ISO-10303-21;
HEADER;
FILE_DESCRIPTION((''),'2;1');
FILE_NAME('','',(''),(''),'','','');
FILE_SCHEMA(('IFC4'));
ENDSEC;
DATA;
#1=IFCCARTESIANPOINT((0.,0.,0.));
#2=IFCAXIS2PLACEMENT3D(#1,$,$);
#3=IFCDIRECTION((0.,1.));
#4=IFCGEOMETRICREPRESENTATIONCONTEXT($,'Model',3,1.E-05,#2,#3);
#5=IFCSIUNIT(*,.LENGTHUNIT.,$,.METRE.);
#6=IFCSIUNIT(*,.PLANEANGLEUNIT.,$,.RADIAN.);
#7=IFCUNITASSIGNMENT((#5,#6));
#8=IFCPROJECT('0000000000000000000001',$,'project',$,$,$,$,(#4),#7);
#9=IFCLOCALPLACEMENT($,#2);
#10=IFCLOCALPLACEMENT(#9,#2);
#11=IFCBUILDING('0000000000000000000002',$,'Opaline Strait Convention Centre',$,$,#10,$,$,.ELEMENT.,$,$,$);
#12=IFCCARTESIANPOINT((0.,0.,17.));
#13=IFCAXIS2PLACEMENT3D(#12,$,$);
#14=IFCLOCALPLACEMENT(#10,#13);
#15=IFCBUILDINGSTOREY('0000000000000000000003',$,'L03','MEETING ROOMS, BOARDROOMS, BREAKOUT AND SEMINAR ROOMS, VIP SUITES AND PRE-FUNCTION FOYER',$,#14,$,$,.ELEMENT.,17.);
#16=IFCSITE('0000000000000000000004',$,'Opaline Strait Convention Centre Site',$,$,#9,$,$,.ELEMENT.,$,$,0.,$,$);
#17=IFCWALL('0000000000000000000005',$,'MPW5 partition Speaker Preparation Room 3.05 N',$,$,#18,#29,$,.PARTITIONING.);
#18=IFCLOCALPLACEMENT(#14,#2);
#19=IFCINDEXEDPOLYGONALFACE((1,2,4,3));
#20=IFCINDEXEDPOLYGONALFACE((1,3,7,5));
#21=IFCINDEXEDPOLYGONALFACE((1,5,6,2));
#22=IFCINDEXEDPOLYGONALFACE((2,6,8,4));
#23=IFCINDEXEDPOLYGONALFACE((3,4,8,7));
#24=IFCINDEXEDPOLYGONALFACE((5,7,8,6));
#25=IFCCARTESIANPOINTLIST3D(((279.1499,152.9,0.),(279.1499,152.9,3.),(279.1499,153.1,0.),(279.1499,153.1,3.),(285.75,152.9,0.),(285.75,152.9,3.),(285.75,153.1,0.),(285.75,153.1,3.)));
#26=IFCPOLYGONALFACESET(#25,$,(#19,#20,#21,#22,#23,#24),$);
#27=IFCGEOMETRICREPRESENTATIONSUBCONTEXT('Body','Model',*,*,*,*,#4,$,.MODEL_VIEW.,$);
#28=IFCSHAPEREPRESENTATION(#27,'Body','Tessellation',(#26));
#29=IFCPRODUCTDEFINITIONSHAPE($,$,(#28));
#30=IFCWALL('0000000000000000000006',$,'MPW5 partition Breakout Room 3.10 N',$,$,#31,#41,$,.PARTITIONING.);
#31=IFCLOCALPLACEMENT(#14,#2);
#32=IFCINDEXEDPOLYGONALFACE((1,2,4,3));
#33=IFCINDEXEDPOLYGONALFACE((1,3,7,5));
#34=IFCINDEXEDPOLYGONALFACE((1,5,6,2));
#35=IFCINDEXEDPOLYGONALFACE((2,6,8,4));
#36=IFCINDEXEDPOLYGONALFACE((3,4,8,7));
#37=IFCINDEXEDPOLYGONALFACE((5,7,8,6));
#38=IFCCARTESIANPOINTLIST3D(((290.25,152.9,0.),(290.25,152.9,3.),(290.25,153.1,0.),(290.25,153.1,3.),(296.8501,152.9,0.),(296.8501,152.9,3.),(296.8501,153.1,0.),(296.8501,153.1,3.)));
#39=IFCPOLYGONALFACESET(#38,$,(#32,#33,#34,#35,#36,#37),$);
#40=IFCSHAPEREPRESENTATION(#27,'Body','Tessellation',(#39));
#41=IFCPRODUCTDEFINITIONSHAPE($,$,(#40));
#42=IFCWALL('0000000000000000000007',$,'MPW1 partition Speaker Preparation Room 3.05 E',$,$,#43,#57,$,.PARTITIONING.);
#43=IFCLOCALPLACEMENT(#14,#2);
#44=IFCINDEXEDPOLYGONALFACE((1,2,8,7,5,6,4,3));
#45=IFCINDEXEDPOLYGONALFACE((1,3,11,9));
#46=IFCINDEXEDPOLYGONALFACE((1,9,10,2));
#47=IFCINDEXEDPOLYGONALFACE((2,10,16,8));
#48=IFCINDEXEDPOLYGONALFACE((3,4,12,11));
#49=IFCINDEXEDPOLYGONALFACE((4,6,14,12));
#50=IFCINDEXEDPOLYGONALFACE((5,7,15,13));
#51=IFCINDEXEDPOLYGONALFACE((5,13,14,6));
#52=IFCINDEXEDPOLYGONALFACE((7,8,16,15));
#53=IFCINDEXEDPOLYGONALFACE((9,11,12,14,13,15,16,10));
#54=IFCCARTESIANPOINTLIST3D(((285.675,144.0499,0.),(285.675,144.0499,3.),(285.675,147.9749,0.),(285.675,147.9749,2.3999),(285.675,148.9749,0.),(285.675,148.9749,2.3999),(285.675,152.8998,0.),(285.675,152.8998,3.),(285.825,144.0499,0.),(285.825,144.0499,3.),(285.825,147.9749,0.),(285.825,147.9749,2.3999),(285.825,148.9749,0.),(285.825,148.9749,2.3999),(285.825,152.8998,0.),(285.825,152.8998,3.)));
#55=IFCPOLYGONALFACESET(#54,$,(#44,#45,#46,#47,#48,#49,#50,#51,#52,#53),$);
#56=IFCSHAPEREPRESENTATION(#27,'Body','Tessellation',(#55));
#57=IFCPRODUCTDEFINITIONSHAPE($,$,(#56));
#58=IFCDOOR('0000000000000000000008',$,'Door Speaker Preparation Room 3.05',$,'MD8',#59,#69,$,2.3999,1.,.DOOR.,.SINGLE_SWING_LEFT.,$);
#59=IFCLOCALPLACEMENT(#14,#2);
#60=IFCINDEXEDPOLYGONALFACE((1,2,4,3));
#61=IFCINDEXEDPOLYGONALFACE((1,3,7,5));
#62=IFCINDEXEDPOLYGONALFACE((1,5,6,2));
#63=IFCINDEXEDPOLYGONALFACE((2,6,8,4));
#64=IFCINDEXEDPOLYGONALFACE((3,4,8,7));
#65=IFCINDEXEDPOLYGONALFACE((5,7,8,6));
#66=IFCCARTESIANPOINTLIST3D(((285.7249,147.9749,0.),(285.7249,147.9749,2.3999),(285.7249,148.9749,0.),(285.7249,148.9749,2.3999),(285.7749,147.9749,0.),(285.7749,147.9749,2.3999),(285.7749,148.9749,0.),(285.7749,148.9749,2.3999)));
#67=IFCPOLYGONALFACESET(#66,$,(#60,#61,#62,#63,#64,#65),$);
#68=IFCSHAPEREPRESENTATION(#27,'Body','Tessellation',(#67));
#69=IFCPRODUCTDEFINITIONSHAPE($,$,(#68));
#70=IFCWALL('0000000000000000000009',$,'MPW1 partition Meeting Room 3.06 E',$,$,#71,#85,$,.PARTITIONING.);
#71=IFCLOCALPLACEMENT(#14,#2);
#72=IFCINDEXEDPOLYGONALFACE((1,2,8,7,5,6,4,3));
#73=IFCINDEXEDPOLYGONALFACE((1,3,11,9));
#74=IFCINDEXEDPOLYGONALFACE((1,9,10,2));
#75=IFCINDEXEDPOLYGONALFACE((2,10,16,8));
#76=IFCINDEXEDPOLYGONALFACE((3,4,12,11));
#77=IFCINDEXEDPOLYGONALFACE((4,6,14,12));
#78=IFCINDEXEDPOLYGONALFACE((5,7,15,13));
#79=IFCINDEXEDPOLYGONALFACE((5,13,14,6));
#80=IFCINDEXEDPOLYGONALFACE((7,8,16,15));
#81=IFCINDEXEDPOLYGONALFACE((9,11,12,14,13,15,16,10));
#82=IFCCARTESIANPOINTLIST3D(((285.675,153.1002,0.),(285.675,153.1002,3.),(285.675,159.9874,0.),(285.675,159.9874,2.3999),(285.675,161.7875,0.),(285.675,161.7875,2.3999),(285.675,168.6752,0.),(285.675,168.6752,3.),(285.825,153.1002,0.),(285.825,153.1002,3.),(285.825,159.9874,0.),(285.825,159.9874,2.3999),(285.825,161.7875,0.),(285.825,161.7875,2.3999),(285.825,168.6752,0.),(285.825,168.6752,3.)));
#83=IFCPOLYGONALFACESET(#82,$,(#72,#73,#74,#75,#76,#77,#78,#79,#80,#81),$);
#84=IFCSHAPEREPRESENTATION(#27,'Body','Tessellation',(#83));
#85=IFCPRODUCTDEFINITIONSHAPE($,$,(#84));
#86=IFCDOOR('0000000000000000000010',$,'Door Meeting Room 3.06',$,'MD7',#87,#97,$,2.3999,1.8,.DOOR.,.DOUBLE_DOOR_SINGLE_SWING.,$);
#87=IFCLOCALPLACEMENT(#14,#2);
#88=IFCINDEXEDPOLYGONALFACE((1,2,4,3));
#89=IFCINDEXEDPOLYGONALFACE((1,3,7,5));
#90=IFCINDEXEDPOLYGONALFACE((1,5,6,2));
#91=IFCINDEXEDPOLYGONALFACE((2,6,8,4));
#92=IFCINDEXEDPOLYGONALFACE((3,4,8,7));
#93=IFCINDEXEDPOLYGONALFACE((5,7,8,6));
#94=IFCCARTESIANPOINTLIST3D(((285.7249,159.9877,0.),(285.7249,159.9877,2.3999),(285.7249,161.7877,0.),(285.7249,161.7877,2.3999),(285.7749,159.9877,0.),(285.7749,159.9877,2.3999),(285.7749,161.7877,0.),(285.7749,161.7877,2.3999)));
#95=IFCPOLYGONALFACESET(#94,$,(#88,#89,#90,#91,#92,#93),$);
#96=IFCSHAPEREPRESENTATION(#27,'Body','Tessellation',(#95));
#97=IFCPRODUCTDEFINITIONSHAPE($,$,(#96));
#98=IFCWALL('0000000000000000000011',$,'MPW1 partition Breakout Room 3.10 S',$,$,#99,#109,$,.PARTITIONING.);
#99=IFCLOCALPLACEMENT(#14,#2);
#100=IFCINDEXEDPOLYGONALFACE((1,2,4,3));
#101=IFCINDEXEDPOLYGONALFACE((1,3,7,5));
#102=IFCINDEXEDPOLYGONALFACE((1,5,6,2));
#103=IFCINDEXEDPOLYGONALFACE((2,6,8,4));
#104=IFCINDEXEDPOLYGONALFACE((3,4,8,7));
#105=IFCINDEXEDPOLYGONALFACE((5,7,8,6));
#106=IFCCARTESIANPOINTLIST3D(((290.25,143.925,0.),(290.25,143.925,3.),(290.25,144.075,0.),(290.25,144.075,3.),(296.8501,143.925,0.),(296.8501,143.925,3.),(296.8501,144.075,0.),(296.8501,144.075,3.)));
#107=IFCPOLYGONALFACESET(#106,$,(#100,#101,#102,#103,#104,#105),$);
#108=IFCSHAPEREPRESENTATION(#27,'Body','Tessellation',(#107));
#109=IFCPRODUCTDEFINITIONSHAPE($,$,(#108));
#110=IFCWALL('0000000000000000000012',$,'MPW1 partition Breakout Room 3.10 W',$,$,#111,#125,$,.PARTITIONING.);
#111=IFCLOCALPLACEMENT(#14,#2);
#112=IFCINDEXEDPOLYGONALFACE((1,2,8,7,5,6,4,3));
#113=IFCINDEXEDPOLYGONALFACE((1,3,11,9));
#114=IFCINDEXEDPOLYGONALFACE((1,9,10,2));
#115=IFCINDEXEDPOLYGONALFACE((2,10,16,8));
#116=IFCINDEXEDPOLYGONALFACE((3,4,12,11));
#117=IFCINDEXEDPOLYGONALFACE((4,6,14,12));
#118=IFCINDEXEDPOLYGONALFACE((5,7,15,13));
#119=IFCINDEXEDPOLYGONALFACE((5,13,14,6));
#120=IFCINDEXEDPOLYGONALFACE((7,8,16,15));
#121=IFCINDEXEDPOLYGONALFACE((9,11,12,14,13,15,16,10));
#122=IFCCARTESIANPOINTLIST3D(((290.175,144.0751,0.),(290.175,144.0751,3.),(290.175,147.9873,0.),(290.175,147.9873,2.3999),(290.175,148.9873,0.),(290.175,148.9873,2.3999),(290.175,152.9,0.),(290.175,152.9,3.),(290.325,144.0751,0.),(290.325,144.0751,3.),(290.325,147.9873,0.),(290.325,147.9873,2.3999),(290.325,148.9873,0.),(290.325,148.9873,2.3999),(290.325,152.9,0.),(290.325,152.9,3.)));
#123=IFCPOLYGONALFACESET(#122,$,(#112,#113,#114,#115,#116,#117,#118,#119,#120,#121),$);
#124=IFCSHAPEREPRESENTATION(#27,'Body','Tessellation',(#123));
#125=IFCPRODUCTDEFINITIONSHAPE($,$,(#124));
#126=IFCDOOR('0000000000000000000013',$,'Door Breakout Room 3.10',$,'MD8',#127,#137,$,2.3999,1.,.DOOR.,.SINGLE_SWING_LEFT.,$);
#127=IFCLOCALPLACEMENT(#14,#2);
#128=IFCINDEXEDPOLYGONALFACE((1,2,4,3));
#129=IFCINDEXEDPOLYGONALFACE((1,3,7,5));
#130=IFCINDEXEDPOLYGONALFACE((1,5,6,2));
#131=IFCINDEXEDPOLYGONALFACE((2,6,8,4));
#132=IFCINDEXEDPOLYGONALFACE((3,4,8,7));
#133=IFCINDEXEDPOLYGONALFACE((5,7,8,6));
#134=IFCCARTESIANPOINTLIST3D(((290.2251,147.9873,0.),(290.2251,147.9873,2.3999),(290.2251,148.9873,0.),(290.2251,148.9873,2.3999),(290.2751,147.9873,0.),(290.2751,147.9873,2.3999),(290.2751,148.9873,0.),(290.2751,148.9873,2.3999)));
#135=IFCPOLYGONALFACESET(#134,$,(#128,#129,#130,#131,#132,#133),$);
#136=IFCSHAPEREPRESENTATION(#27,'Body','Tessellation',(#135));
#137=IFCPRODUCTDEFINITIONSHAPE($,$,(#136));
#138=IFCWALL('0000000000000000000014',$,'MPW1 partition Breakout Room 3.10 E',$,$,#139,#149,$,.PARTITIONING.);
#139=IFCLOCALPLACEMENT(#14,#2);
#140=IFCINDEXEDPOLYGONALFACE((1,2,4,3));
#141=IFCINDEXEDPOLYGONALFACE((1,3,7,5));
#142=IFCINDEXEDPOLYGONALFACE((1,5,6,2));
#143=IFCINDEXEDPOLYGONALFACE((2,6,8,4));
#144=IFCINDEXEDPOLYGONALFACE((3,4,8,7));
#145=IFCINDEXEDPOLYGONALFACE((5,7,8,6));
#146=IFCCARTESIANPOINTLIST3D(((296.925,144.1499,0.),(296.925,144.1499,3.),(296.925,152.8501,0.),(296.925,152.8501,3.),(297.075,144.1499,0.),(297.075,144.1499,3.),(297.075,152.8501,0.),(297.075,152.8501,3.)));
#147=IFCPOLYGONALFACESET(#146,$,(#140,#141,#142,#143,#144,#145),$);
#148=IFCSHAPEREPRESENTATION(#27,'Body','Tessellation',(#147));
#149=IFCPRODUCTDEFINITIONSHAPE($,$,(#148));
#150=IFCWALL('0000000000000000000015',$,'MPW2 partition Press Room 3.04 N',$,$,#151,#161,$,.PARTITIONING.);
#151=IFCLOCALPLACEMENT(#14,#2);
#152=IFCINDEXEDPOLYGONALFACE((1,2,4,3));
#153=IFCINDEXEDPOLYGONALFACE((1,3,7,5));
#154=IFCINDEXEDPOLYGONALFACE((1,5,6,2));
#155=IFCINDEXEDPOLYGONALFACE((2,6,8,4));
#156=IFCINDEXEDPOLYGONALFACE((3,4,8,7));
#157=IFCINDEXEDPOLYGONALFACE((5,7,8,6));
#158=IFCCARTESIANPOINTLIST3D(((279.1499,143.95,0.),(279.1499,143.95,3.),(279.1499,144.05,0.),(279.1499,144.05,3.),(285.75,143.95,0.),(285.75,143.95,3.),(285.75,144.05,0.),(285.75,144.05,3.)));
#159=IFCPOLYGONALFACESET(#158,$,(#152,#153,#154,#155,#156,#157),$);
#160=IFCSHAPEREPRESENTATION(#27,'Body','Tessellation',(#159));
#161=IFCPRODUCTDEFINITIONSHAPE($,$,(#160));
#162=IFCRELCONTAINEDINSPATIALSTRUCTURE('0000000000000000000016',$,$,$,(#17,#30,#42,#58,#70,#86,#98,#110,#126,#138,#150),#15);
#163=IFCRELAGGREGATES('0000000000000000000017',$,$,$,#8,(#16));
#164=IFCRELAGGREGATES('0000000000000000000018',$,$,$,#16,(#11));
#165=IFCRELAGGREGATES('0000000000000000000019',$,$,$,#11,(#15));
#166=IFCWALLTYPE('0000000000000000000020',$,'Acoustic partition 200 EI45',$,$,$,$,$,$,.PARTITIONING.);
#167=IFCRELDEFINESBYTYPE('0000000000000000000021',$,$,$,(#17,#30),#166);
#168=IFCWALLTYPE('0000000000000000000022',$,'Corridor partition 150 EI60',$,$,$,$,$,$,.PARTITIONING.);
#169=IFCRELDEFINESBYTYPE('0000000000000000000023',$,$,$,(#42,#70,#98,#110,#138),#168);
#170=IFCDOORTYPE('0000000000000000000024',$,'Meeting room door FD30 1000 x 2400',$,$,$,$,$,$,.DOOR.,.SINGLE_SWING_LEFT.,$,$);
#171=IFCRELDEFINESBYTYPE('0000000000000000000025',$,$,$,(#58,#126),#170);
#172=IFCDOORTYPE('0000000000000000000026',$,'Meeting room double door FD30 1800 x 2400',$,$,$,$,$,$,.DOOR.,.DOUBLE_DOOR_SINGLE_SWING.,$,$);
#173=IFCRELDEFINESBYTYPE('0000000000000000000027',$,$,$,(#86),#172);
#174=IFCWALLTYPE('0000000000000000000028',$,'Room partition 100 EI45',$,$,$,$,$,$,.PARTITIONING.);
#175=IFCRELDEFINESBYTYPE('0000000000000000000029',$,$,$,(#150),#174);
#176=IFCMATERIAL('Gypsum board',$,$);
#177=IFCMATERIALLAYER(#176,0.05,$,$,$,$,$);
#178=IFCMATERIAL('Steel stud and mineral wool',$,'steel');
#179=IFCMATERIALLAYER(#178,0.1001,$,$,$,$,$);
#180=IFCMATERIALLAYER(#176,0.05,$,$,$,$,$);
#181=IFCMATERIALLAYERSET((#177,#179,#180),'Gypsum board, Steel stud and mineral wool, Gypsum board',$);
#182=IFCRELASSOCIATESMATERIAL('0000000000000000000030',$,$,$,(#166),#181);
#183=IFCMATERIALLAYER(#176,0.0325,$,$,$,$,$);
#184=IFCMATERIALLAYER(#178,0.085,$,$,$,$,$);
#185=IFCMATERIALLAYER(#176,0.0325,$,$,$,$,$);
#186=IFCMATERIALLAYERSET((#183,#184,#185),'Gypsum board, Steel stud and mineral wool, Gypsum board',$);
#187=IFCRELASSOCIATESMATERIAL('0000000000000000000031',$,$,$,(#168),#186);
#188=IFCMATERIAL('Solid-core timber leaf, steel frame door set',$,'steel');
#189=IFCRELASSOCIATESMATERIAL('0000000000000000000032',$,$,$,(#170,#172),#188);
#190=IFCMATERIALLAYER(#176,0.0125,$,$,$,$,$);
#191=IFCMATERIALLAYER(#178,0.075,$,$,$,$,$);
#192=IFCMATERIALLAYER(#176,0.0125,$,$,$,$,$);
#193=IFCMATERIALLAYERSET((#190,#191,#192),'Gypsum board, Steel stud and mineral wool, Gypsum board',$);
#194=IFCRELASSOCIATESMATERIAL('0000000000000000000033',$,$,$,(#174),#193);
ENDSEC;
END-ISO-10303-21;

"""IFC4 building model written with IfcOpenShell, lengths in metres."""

from ifc_helpers import new_model, si_unit, direction, frame, frame_2d, origin, place, context, subcontext, project, spatial, rectangle, extrude, material, layer, layer_set, type_object, element, fill, save


model = new_model("IFC4")

# Units and contexts
model_context = context("Model", 3, precision=1e-05, world=origin(), true_north=direction((0.0, 1.0)))
body_context = subcontext(model_context, "Body", "Model", "MODEL_VIEW")
ifc_project = project(units=[si_unit("LENGTHUNIT", "METRE"), si_unit("PLANEANGLEUNIT", "RADIAN")], contexts=[model_context])

# Site, building, storey
site_placement = place(None, origin())
site = spatial("IfcSite", under=ifc_project, at=site_placement, Name="Opaline Strait Convention Centre Site", CompositionType="ELEMENT", RefElevation=0.0)
building_placement = place(site_placement, origin())
building = spatial("IfcBuilding", under=site, at=building_placement, Name="Opaline Strait Convention Centre", CompositionType="ELEMENT")
storey_placement = place(building_placement, frame((0.0, 0.0, 17.0)))
storey = spatial("IfcBuildingStorey", under=building, at=storey_placement, Name="L03", Description="MEETING ROOMS, BOARDROOMS, BREAKOUT AND SEMINAR ROOMS, VIP SUITES AND PRE-FUNCTION FOYER", CompositionType="ELEMENT", Elevation=17.0)

# Walls
ifc_material_1 = material(Name="Gypsum board")
ifc_layer_1 = layer(ifc_material_1, 0.05)
ifc_material_2 = material(Name="Steel stud and mineral wool", Category="steel")
ifc_layer_2 = layer(ifc_material_2, 0.1001)
ifc_layer_3 = layer(ifc_material_1, 0.05)
ifc_layer_set_1 = layer_set([ifc_layer_1, ifc_layer_2, ifc_layer_3], Name="Gypsum board, Steel stud and mineral wool, Gypsum board")
wall_type_1 = type_object("IfcWallType", Name="Acoustic partition 200 EI45", PredefinedType="PARTITIONING", material=ifc_layer_set_1)
for number, where, z_axis, x_axis, name in (
    (1, (279.1499, 153.0, 0.0), (0.0, 0.0, 1.0), (1.0, 0.0, 0.0), "MPW5 partition Speaker Preparation Room 3.05 N"),
    (2, (290.25, 153.0, 0.0), (0.0, 0.0, 1.0), (1.0, 0.0, 0.0), "MPW5 partition Breakout Room 3.10 N"),
):
    element("IfcWall", number, at=place(storey_placement, frame(where, z_axis=z_axis, x_axis=x_axis)), inside=storey, type_object=wall_type_1, Name=name, PredefinedType="PARTITIONING", context=body_context, shape_type="SweptSolid", body=[
        extrude(rectangle(XDim=6.6001, YDim=0.2, at=frame_2d((3.3, 0.0))), origin(), (0.0, 0.0, 1.0), 3.0),
    ])

# Walls, openings, doors
ifc_layer_4 = layer(ifc_material_1, 0.0325)
ifc_layer_5 = layer(ifc_material_2, 0.085)
ifc_layer_6 = layer(ifc_material_1, 0.0325)
ifc_layer_set_2 = layer_set([ifc_layer_4, ifc_layer_5, ifc_layer_6], Name="Gypsum board, Steel stud and mineral wool, Gypsum board")
wall_type_2 = type_object("IfcWallType", Name="Corridor partition 150 EI60", PredefinedType="PARTITIONING", material=ifc_layer_set_2)
wall_1_placement = place(storey_placement, frame((285.75, 144.05, 0.0), z_axis=(0.0, 0.0, 1.0), x_axis=(0.0, 1.0, 0.0)))
wall_1 = element("IfcWall", 3, at=wall_1_placement, inside=storey, type_object=wall_type_2, Name="MPW1 partition Speaker Preparation Room 3.05 E", PredefinedType="PARTITIONING", context=body_context, shape_type="SweptSolid", body=[
    extrude(rectangle(XDim=8.8499, YDim=0.1499, at=frame_2d((4.4248, 0.0))), origin(), (0.0, 0.0, 1.0), 3.0),
])
opening_1_placement = place(wall_1_placement, frame((3.9248, 0.0, 0.0)))
opening_1 = element("IfcOpeningElement", 4, at=opening_1_placement, cuts=wall_1, PredefinedType="OPENING", context=body_context, shape_type="SweptSolid", body=[
    extrude(rectangle(XDim=1.0, YDim=2.3999, at=frame_2d((0.5, 1.2))), frame((0.0, 0.085, 0.0), z_axis=(0.0, -1.0, 0.0), x_axis=(1.0, 0.0, 0.0)), (0.0, 0.0, 1.0), 0.1699),
])
ifc_material_3 = material(Name="Solid-core timber leaf, steel frame door set", Category="steel")
door_type_1 = type_object("IfcDoorType", Name="Meeting room door FD30 1000 x 2400", OperationType="SINGLE_SWING_LEFT", PredefinedType="DOOR", material=ifc_material_3)
door_1_placement = place(opening_1_placement, frame((1.0, 0.0, 0.0), z_axis=(0.0, 0.0, 1.0), x_axis=(-1.0, 0.0, 0.0)))
door_1 = element("IfcDoor", 5, at=door_1_placement, inside=storey, type_object=door_type_1, Name="Door Speaker Preparation Room 3.05", ObjectType="MD8", OperationType="SINGLE_SWING_LEFT", OverallHeight=2.3999, OverallWidth=1.0, PredefinedType="DOOR", context=body_context, shape_type="SweptSolid", body=[
    extrude(rectangle(XDim=1.0, YDim=2.3999, at=frame_2d((0.5, 1.2))), frame((0.0, 0.0249, 0.0), z_axis=(0.0, -1.0, 0.0), x_axis=(1.0, 0.0, 0.0)), (0.0, 0.0, 1.0), 0.05),
])
fill(opening_1, door_1)
wall_2_placement = place(storey_placement, frame((285.75, 153.1001, 0.0), z_axis=(0.0, 0.0, 1.0), x_axis=(0.0, 1.0, 0.0)))
wall_2 = element("IfcWall", 6, at=wall_2_placement, inside=storey, type_object=wall_type_2, Name="MPW1 partition Meeting Room 3.06 E", PredefinedType="PARTITIONING", context=body_context, shape_type="SweptSolid", body=[
    extrude(rectangle(XDim=15.575, YDim=0.1499, at=frame_2d((7.7876, 0.0))), origin(), (0.0, 0.0, 1.0), 3.0),
])
opening_2_placement = place(wall_2_placement, frame((6.8875, 0.0, 0.0)))
opening_2 = element("IfcOpeningElement", 7, at=opening_2_placement, cuts=wall_2, PredefinedType="OPENING", context=body_context, shape_type="SweptSolid", body=[
    extrude(rectangle(XDim=1.8, YDim=2.3999, at=frame_2d((0.8999, 1.2))), frame((0.0, 0.085, 0.0), z_axis=(0.0, -1.0, 0.0), x_axis=(1.0, 0.0, 0.0)), (0.0, 0.0, 1.0), 0.1699),
])
door_type_2 = type_object("IfcDoorType", Name="Meeting room double door FD30 1800 x 2400", OperationType="DOUBLE_DOOR_SINGLE_SWING", PredefinedType="DOOR", material=ifc_material_3)
door_2_placement = place(opening_2_placement, frame((1.8, 0.0, 0.0), z_axis=(0.0, 0.0, 1.0), x_axis=(-1.0, 0.0, 0.0)))
door_2 = element("IfcDoor", 8, at=door_2_placement, inside=storey, type_object=door_type_2, Name="Door Meeting Room 3.06", ObjectType="MD7", OperationType="DOUBLE_DOOR_SINGLE_SWING", OverallHeight=2.3999, OverallWidth=1.8, PredefinedType="DOOR", context=body_context, shape_type="SweptSolid", body=[
    extrude(rectangle(XDim=1.8, YDim=2.3999, at=frame_2d((0.8999, 1.2))), frame((0.0, 0.0249, 0.0), z_axis=(0.0, -1.0, 0.0), x_axis=(1.0, 0.0, 0.0)), (0.0, 0.0, 1.0), 0.05),
])
fill(opening_2, door_2)

# Wall
wall_3_placement = place(storey_placement, frame((290.25, 144.0, 0.0), z_axis=(0.0, 0.0, 1.0), x_axis=(1.0, 0.0, 0.0)))
element("IfcWall", 9, at=wall_3_placement, inside=storey, type_object=wall_type_2, Name="MPW1 partition Breakout Room 3.10 S", PredefinedType="PARTITIONING", context=body_context, shape_type="SweptSolid", body=[
    extrude(rectangle(XDim=6.6001, YDim=0.1499, at=frame_2d((3.3, 0.0))), origin(), (0.0, 0.0, 1.0), 3.0),
])

# Wall, opening, door
wall_4_placement = place(storey_placement, frame((290.25, 144.075, 0.0), z_axis=(0.0, 0.0, 1.0), x_axis=(0.0, 1.0, 0.0)))
wall_4 = element("IfcWall", 10, at=wall_4_placement, inside=storey, type_object=wall_type_2, Name="MPW1 partition Breakout Room 3.10 W", PredefinedType="PARTITIONING", context=body_context, shape_type="SweptSolid", body=[
    extrude(rectangle(XDim=8.825, YDim=0.1499, at=frame_2d((4.4126, 0.0))), origin(), (0.0, 0.0, 1.0), 3.0),
])
opening_3_placement = place(wall_4_placement, frame((3.9124, 0.0, 0.0)))
opening_3 = element("IfcOpeningElement", 11, at=opening_3_placement, cuts=wall_4, PredefinedType="OPENING", context=body_context, shape_type="SweptSolid", body=[
    extrude(rectangle(XDim=1.0, YDim=2.3999, at=frame_2d((0.5, 1.2))), frame((0.0, 0.085, 0.0), z_axis=(0.0, -1.0, 0.0), x_axis=(1.0, 0.0, 0.0)), (0.0, 0.0, 1.0), 0.1699),
])
door_3_placement = place(opening_3_placement, origin())
door_3 = element("IfcDoor", 12, at=door_3_placement, inside=storey, type_object=door_type_1, Name="Door Breakout Room 3.10", ObjectType="MD8", OperationType="SINGLE_SWING_LEFT", OverallHeight=2.3999, OverallWidth=1.0, PredefinedType="DOOR", context=body_context, shape_type="SweptSolid", body=[
    extrude(rectangle(XDim=1.0, YDim=2.3999, at=frame_2d((0.5, 1.2))), frame((0.0, 0.0249, 0.0), z_axis=(0.0, -1.0, 0.0), x_axis=(1.0, 0.0, 0.0)), (0.0, 0.0, 1.0), 0.05),
])
fill(opening_3, door_3)

# Walls
wall_5_placement = place(storey_placement, frame((297.0, 144.1499, 0.0), z_axis=(0.0, 0.0, 1.0), x_axis=(0.0, 1.0, 0.0)))
element("IfcWall", 13, at=wall_5_placement, inside=storey, type_object=wall_type_2, Name="MPW1 partition Breakout Room 3.10 E", PredefinedType="PARTITIONING", context=body_context, shape_type="SweptSolid", body=[
    extrude(rectangle(XDim=8.7002, YDim=0.1499, at=frame_2d((4.3501, 0.0))), origin(), (0.0, 0.0, 1.0), 3.0),
])
ifc_layer_7 = layer(ifc_material_1, 0.0125)
ifc_layer_8 = layer(ifc_material_2, 0.075)
ifc_layer_9 = layer(ifc_material_1, 0.0125)
ifc_layer_set_3 = layer_set([ifc_layer_7, ifc_layer_8, ifc_layer_9], Name="Gypsum board, Steel stud and mineral wool, Gypsum board")
wall_type_3 = type_object("IfcWallType", Name="Room partition 100 EI45", PredefinedType="PARTITIONING", material=ifc_layer_set_3)
wall_6_placement = place(storey_placement, frame((279.1499, 144.0, 0.0), z_axis=(0.0, 0.0, 1.0), x_axis=(1.0, 0.0, 0.0)))
element("IfcWall", 14, at=wall_6_placement, inside=storey, type_object=wall_type_3, Name="MPW2 partition Press Room 3.04 N", PredefinedType="PARTITIONING", context=body_context, shape_type="SweptSolid", body=[
    extrude(rectangle(XDim=6.6001, YDim=0.1001, at=frame_2d((3.3, 0.0))), origin(), (0.0, 0.0, 1.0), 3.0),
])

save(model, "model.ifc")
